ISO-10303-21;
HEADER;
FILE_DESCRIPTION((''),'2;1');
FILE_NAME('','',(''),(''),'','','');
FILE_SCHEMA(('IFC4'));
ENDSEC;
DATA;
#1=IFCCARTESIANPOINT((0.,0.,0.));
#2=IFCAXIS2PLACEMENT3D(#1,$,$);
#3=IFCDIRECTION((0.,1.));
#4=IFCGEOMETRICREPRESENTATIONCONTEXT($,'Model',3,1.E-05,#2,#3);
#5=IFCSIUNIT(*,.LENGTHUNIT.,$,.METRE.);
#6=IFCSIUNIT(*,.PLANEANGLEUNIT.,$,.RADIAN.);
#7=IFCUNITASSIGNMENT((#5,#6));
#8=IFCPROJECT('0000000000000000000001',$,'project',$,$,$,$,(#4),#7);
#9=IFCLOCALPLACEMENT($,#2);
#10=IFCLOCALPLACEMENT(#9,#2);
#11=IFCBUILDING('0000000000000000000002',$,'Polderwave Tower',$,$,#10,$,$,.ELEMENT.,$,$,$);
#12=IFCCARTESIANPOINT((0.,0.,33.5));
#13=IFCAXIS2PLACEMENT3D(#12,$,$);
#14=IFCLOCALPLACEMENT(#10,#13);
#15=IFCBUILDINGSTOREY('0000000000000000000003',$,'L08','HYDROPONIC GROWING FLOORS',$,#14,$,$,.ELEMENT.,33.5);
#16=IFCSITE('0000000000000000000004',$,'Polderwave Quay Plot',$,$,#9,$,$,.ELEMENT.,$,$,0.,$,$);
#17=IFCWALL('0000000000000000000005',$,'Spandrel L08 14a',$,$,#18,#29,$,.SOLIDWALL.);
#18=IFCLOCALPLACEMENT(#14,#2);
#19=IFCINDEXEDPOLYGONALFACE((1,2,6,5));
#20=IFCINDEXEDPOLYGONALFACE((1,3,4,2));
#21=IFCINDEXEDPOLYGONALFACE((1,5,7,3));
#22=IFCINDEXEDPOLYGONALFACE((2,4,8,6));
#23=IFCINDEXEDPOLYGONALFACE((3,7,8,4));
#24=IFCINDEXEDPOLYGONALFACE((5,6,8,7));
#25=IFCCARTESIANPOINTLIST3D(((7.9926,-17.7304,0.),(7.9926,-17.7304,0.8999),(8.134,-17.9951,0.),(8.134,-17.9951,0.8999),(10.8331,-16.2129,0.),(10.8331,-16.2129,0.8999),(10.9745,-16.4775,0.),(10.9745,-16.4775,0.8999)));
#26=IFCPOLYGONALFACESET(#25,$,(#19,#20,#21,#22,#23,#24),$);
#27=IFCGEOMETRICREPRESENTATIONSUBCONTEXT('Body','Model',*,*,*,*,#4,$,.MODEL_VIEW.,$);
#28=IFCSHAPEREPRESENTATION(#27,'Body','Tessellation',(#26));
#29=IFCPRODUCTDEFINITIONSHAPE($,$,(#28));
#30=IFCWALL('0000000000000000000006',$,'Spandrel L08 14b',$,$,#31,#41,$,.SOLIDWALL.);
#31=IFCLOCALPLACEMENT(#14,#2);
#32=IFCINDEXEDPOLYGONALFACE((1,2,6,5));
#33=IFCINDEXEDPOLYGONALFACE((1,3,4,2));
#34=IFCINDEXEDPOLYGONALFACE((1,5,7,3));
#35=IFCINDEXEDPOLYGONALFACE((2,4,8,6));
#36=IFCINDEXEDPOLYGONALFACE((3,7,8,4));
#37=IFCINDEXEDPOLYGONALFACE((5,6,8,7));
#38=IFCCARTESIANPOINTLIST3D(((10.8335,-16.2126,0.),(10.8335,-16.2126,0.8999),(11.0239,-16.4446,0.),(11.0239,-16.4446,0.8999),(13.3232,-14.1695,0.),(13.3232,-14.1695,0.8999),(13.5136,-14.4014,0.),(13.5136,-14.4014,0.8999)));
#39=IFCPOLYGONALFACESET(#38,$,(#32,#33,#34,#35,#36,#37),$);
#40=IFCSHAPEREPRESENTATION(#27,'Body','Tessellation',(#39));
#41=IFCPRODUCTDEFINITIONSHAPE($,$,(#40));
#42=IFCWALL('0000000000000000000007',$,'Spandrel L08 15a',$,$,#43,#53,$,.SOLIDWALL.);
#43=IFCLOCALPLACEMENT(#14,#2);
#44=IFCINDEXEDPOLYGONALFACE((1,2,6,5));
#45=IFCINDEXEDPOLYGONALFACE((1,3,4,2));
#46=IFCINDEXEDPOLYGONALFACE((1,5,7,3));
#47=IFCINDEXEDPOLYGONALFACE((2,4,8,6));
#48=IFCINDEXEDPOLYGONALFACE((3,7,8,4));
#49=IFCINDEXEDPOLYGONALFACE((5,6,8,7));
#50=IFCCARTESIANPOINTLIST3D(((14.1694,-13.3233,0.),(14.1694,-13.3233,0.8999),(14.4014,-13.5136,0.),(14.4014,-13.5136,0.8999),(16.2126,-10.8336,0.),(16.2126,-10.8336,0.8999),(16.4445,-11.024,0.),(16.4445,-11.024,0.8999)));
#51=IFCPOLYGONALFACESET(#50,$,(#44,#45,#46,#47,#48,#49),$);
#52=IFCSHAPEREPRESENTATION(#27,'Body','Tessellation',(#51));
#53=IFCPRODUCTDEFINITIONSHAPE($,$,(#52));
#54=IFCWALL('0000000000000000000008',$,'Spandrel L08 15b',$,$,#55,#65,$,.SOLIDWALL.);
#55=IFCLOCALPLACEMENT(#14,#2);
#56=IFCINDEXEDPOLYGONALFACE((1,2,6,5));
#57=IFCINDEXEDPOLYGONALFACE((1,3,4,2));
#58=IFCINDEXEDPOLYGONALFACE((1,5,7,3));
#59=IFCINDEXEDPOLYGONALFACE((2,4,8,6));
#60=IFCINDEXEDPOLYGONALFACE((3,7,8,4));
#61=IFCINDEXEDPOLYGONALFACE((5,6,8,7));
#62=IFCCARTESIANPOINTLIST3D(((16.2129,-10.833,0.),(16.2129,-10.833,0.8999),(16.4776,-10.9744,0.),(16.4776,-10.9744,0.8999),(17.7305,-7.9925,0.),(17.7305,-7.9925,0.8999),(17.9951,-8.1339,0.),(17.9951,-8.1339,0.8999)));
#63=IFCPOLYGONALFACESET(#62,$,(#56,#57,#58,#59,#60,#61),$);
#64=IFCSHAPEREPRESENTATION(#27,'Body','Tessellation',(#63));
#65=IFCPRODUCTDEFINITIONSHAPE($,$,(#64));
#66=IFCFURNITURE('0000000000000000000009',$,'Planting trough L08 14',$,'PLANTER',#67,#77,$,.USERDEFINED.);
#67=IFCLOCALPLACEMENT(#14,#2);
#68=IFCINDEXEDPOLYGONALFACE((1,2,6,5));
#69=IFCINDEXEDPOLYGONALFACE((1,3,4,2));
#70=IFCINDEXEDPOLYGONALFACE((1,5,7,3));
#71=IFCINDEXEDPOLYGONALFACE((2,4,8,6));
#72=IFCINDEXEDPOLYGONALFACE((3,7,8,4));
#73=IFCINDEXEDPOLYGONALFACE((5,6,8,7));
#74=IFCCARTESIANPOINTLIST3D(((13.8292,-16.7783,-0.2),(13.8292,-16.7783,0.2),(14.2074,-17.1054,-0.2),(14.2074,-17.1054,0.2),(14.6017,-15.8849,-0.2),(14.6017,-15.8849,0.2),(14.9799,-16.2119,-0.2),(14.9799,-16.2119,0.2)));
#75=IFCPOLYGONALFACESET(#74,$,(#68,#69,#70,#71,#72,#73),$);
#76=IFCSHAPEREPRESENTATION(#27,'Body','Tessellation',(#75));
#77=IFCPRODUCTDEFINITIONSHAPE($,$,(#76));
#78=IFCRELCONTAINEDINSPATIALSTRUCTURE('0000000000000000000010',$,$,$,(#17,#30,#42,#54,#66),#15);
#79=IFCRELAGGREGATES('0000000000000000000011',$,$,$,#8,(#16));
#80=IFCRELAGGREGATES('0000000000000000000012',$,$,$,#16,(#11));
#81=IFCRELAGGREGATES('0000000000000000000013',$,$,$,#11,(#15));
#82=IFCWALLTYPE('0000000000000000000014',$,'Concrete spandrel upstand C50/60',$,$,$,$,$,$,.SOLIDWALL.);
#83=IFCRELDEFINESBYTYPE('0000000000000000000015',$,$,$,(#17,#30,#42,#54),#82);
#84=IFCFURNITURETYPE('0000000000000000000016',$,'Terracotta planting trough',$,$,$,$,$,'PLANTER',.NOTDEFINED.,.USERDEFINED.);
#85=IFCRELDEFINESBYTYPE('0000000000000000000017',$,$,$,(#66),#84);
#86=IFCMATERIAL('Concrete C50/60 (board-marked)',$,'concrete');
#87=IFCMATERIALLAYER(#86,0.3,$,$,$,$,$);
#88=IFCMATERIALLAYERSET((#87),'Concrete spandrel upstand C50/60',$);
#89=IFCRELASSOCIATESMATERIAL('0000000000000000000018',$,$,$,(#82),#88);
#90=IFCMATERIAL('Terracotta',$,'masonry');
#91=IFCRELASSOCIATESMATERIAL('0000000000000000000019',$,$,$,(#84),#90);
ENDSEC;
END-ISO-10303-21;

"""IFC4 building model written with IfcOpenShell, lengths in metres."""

from ifc_helpers import new_model, si_unit, direction, frame, frame_2d, origin, origin_2d, place, context, subcontext, project, spatial, rectangle, extrude, material, layer, layer_set, type_object, element, save


model = new_model("IFC4")

# Units and contexts
model_context = context("Model", 3, precision=1e-05, world=origin(), true_north=direction((0.0, 1.0)))
body_context = subcontext(model_context, "Body", "Model", "MODEL_VIEW")
ifc_project = project(units=[si_unit("LENGTHUNIT", "METRE"), si_unit("PLANEANGLEUNIT", "RADIAN")], contexts=[model_context])

# Site, building, storey
site_placement = place(None, origin())
site = spatial("IfcSite", under=ifc_project, at=site_placement, Name="Polderwave Quay Plot", CompositionType="ELEMENT", RefElevation=0.0)
building_placement = place(site_placement, origin())
building = spatial("IfcBuilding", under=site, at=building_placement, Name="Polderwave Tower", CompositionType="ELEMENT")
storey_placement = place(building_placement, frame((0.0, 0.0, 33.5)))
storey = spatial("IfcBuildingStorey", under=building, at=storey_placement, Name="L08", Description="HYDROPONIC GROWING FLOORS", CompositionType="ELEMENT", Elevation=33.5)

# Walls
ifc_material_1 = material(Name="Concrete C50/60 (board-marked)", Category="concrete")
ifc_layer_1 = layer(ifc_material_1, 0.3)
ifc_layer_set_1 = layer_set([ifc_layer_1], Name="Concrete spandrel upstand C50/60")
wall_type = type_object("IfcWallType", Name="Concrete spandrel upstand C50/60", PredefinedType="SOLIDWALL", material=ifc_layer_set_1)
wall_1_placement = place(storey_placement, frame((8.0632, -17.8628, 0.0), z_axis=(0.0, 0.0, 1.0), x_axis=(0.882017, 0.471218, 0.0)))
element("IfcWall", 1, at=wall_1_placement, inside=storey, type_object=wall_type, Name="Spandrel L08 14a", PredefinedType="SOLIDWALL", context=body_context, shape_type="SweptSolid", body=[
    extrude(rectangle(XDim=3.2205, YDim=0.3, at=frame_2d((1.6104, 0.0))), origin(), (0.0, 0.0, 1.0), 0.8999),
])
for number, where, z_axis, x_axis, name in (
    (2, (10.9287, -16.3286, 0.0), (0.0, 0.0, 1.0), (0.773021, 0.63438, 0.0), "Spandrel L08 14b"),
    (3, (14.2854, -13.4185, 0.0), (0.0, 0.0, 1.0), (0.63438, 0.773021, 0.0), "Spandrel L08 15a"),
):
    element("IfcWall", number, at=place(storey_placement, frame(where, z_axis=z_axis, x_axis=x_axis)), inside=storey, type_object=wall_type, Name=name, PredefinedType="SOLIDWALL", context=body_context, shape_type="SweptSolid", body=[
        extrude(rectangle(XDim=3.2207, YDim=0.3, at=frame_2d((1.6104, 0.0))), origin(), (0.0, 0.0, 1.0), 0.8999),
    ])
wall_2_placement = place(storey_placement, frame((16.3452, -10.9038, 0.0), z_axis=(0.0, 0.0, 1.0), x_axis=(0.471218, 0.882017, 0.0)))
element("IfcWall", 4, at=wall_2_placement, inside=storey, type_object=wall_type, Name="Spandrel L08 15b", PredefinedType="SOLIDWALL", context=body_context, shape_type="SweptSolid", body=[
    extrude(rectangle(XDim=3.2205, YDim=0.3, at=frame_2d((1.6104, 0.0))), origin(), (0.0, 0.0, 1.0), 0.8999),
])

# Furniture
ifc_material_2 = material(Name="Terracotta", Category="masonry")
furniture_type = type_object("IfcFurnitureType", Name="Terracotta planting trough", ElementType="PLANTER", AssemblyPlace="NOTDEFINED", PredefinedType="USERDEFINED", material=ifc_material_2)
furniture_placement = place(storey_placement, frame((14.4045, -16.4951, -0.2), z_axis=(0.0, 0.0, 1.0), x_axis=(0.654072, 0.756433, 0.0)))
element("IfcFurniture", 5, at=furniture_placement, inside=storey, type_object=furniture_type, Name="Planting trough L08 14", ObjectType="PLANTER", PredefinedType="USERDEFINED", context=body_context, shape_type="SweptSolid", body=[
    extrude(rectangle(XDim=1.1812, YDim=0.5, at=origin_2d()), origin(), (0.0, 0.0, 1.0), 0.3999),
])

save(model, "model.ifc")
